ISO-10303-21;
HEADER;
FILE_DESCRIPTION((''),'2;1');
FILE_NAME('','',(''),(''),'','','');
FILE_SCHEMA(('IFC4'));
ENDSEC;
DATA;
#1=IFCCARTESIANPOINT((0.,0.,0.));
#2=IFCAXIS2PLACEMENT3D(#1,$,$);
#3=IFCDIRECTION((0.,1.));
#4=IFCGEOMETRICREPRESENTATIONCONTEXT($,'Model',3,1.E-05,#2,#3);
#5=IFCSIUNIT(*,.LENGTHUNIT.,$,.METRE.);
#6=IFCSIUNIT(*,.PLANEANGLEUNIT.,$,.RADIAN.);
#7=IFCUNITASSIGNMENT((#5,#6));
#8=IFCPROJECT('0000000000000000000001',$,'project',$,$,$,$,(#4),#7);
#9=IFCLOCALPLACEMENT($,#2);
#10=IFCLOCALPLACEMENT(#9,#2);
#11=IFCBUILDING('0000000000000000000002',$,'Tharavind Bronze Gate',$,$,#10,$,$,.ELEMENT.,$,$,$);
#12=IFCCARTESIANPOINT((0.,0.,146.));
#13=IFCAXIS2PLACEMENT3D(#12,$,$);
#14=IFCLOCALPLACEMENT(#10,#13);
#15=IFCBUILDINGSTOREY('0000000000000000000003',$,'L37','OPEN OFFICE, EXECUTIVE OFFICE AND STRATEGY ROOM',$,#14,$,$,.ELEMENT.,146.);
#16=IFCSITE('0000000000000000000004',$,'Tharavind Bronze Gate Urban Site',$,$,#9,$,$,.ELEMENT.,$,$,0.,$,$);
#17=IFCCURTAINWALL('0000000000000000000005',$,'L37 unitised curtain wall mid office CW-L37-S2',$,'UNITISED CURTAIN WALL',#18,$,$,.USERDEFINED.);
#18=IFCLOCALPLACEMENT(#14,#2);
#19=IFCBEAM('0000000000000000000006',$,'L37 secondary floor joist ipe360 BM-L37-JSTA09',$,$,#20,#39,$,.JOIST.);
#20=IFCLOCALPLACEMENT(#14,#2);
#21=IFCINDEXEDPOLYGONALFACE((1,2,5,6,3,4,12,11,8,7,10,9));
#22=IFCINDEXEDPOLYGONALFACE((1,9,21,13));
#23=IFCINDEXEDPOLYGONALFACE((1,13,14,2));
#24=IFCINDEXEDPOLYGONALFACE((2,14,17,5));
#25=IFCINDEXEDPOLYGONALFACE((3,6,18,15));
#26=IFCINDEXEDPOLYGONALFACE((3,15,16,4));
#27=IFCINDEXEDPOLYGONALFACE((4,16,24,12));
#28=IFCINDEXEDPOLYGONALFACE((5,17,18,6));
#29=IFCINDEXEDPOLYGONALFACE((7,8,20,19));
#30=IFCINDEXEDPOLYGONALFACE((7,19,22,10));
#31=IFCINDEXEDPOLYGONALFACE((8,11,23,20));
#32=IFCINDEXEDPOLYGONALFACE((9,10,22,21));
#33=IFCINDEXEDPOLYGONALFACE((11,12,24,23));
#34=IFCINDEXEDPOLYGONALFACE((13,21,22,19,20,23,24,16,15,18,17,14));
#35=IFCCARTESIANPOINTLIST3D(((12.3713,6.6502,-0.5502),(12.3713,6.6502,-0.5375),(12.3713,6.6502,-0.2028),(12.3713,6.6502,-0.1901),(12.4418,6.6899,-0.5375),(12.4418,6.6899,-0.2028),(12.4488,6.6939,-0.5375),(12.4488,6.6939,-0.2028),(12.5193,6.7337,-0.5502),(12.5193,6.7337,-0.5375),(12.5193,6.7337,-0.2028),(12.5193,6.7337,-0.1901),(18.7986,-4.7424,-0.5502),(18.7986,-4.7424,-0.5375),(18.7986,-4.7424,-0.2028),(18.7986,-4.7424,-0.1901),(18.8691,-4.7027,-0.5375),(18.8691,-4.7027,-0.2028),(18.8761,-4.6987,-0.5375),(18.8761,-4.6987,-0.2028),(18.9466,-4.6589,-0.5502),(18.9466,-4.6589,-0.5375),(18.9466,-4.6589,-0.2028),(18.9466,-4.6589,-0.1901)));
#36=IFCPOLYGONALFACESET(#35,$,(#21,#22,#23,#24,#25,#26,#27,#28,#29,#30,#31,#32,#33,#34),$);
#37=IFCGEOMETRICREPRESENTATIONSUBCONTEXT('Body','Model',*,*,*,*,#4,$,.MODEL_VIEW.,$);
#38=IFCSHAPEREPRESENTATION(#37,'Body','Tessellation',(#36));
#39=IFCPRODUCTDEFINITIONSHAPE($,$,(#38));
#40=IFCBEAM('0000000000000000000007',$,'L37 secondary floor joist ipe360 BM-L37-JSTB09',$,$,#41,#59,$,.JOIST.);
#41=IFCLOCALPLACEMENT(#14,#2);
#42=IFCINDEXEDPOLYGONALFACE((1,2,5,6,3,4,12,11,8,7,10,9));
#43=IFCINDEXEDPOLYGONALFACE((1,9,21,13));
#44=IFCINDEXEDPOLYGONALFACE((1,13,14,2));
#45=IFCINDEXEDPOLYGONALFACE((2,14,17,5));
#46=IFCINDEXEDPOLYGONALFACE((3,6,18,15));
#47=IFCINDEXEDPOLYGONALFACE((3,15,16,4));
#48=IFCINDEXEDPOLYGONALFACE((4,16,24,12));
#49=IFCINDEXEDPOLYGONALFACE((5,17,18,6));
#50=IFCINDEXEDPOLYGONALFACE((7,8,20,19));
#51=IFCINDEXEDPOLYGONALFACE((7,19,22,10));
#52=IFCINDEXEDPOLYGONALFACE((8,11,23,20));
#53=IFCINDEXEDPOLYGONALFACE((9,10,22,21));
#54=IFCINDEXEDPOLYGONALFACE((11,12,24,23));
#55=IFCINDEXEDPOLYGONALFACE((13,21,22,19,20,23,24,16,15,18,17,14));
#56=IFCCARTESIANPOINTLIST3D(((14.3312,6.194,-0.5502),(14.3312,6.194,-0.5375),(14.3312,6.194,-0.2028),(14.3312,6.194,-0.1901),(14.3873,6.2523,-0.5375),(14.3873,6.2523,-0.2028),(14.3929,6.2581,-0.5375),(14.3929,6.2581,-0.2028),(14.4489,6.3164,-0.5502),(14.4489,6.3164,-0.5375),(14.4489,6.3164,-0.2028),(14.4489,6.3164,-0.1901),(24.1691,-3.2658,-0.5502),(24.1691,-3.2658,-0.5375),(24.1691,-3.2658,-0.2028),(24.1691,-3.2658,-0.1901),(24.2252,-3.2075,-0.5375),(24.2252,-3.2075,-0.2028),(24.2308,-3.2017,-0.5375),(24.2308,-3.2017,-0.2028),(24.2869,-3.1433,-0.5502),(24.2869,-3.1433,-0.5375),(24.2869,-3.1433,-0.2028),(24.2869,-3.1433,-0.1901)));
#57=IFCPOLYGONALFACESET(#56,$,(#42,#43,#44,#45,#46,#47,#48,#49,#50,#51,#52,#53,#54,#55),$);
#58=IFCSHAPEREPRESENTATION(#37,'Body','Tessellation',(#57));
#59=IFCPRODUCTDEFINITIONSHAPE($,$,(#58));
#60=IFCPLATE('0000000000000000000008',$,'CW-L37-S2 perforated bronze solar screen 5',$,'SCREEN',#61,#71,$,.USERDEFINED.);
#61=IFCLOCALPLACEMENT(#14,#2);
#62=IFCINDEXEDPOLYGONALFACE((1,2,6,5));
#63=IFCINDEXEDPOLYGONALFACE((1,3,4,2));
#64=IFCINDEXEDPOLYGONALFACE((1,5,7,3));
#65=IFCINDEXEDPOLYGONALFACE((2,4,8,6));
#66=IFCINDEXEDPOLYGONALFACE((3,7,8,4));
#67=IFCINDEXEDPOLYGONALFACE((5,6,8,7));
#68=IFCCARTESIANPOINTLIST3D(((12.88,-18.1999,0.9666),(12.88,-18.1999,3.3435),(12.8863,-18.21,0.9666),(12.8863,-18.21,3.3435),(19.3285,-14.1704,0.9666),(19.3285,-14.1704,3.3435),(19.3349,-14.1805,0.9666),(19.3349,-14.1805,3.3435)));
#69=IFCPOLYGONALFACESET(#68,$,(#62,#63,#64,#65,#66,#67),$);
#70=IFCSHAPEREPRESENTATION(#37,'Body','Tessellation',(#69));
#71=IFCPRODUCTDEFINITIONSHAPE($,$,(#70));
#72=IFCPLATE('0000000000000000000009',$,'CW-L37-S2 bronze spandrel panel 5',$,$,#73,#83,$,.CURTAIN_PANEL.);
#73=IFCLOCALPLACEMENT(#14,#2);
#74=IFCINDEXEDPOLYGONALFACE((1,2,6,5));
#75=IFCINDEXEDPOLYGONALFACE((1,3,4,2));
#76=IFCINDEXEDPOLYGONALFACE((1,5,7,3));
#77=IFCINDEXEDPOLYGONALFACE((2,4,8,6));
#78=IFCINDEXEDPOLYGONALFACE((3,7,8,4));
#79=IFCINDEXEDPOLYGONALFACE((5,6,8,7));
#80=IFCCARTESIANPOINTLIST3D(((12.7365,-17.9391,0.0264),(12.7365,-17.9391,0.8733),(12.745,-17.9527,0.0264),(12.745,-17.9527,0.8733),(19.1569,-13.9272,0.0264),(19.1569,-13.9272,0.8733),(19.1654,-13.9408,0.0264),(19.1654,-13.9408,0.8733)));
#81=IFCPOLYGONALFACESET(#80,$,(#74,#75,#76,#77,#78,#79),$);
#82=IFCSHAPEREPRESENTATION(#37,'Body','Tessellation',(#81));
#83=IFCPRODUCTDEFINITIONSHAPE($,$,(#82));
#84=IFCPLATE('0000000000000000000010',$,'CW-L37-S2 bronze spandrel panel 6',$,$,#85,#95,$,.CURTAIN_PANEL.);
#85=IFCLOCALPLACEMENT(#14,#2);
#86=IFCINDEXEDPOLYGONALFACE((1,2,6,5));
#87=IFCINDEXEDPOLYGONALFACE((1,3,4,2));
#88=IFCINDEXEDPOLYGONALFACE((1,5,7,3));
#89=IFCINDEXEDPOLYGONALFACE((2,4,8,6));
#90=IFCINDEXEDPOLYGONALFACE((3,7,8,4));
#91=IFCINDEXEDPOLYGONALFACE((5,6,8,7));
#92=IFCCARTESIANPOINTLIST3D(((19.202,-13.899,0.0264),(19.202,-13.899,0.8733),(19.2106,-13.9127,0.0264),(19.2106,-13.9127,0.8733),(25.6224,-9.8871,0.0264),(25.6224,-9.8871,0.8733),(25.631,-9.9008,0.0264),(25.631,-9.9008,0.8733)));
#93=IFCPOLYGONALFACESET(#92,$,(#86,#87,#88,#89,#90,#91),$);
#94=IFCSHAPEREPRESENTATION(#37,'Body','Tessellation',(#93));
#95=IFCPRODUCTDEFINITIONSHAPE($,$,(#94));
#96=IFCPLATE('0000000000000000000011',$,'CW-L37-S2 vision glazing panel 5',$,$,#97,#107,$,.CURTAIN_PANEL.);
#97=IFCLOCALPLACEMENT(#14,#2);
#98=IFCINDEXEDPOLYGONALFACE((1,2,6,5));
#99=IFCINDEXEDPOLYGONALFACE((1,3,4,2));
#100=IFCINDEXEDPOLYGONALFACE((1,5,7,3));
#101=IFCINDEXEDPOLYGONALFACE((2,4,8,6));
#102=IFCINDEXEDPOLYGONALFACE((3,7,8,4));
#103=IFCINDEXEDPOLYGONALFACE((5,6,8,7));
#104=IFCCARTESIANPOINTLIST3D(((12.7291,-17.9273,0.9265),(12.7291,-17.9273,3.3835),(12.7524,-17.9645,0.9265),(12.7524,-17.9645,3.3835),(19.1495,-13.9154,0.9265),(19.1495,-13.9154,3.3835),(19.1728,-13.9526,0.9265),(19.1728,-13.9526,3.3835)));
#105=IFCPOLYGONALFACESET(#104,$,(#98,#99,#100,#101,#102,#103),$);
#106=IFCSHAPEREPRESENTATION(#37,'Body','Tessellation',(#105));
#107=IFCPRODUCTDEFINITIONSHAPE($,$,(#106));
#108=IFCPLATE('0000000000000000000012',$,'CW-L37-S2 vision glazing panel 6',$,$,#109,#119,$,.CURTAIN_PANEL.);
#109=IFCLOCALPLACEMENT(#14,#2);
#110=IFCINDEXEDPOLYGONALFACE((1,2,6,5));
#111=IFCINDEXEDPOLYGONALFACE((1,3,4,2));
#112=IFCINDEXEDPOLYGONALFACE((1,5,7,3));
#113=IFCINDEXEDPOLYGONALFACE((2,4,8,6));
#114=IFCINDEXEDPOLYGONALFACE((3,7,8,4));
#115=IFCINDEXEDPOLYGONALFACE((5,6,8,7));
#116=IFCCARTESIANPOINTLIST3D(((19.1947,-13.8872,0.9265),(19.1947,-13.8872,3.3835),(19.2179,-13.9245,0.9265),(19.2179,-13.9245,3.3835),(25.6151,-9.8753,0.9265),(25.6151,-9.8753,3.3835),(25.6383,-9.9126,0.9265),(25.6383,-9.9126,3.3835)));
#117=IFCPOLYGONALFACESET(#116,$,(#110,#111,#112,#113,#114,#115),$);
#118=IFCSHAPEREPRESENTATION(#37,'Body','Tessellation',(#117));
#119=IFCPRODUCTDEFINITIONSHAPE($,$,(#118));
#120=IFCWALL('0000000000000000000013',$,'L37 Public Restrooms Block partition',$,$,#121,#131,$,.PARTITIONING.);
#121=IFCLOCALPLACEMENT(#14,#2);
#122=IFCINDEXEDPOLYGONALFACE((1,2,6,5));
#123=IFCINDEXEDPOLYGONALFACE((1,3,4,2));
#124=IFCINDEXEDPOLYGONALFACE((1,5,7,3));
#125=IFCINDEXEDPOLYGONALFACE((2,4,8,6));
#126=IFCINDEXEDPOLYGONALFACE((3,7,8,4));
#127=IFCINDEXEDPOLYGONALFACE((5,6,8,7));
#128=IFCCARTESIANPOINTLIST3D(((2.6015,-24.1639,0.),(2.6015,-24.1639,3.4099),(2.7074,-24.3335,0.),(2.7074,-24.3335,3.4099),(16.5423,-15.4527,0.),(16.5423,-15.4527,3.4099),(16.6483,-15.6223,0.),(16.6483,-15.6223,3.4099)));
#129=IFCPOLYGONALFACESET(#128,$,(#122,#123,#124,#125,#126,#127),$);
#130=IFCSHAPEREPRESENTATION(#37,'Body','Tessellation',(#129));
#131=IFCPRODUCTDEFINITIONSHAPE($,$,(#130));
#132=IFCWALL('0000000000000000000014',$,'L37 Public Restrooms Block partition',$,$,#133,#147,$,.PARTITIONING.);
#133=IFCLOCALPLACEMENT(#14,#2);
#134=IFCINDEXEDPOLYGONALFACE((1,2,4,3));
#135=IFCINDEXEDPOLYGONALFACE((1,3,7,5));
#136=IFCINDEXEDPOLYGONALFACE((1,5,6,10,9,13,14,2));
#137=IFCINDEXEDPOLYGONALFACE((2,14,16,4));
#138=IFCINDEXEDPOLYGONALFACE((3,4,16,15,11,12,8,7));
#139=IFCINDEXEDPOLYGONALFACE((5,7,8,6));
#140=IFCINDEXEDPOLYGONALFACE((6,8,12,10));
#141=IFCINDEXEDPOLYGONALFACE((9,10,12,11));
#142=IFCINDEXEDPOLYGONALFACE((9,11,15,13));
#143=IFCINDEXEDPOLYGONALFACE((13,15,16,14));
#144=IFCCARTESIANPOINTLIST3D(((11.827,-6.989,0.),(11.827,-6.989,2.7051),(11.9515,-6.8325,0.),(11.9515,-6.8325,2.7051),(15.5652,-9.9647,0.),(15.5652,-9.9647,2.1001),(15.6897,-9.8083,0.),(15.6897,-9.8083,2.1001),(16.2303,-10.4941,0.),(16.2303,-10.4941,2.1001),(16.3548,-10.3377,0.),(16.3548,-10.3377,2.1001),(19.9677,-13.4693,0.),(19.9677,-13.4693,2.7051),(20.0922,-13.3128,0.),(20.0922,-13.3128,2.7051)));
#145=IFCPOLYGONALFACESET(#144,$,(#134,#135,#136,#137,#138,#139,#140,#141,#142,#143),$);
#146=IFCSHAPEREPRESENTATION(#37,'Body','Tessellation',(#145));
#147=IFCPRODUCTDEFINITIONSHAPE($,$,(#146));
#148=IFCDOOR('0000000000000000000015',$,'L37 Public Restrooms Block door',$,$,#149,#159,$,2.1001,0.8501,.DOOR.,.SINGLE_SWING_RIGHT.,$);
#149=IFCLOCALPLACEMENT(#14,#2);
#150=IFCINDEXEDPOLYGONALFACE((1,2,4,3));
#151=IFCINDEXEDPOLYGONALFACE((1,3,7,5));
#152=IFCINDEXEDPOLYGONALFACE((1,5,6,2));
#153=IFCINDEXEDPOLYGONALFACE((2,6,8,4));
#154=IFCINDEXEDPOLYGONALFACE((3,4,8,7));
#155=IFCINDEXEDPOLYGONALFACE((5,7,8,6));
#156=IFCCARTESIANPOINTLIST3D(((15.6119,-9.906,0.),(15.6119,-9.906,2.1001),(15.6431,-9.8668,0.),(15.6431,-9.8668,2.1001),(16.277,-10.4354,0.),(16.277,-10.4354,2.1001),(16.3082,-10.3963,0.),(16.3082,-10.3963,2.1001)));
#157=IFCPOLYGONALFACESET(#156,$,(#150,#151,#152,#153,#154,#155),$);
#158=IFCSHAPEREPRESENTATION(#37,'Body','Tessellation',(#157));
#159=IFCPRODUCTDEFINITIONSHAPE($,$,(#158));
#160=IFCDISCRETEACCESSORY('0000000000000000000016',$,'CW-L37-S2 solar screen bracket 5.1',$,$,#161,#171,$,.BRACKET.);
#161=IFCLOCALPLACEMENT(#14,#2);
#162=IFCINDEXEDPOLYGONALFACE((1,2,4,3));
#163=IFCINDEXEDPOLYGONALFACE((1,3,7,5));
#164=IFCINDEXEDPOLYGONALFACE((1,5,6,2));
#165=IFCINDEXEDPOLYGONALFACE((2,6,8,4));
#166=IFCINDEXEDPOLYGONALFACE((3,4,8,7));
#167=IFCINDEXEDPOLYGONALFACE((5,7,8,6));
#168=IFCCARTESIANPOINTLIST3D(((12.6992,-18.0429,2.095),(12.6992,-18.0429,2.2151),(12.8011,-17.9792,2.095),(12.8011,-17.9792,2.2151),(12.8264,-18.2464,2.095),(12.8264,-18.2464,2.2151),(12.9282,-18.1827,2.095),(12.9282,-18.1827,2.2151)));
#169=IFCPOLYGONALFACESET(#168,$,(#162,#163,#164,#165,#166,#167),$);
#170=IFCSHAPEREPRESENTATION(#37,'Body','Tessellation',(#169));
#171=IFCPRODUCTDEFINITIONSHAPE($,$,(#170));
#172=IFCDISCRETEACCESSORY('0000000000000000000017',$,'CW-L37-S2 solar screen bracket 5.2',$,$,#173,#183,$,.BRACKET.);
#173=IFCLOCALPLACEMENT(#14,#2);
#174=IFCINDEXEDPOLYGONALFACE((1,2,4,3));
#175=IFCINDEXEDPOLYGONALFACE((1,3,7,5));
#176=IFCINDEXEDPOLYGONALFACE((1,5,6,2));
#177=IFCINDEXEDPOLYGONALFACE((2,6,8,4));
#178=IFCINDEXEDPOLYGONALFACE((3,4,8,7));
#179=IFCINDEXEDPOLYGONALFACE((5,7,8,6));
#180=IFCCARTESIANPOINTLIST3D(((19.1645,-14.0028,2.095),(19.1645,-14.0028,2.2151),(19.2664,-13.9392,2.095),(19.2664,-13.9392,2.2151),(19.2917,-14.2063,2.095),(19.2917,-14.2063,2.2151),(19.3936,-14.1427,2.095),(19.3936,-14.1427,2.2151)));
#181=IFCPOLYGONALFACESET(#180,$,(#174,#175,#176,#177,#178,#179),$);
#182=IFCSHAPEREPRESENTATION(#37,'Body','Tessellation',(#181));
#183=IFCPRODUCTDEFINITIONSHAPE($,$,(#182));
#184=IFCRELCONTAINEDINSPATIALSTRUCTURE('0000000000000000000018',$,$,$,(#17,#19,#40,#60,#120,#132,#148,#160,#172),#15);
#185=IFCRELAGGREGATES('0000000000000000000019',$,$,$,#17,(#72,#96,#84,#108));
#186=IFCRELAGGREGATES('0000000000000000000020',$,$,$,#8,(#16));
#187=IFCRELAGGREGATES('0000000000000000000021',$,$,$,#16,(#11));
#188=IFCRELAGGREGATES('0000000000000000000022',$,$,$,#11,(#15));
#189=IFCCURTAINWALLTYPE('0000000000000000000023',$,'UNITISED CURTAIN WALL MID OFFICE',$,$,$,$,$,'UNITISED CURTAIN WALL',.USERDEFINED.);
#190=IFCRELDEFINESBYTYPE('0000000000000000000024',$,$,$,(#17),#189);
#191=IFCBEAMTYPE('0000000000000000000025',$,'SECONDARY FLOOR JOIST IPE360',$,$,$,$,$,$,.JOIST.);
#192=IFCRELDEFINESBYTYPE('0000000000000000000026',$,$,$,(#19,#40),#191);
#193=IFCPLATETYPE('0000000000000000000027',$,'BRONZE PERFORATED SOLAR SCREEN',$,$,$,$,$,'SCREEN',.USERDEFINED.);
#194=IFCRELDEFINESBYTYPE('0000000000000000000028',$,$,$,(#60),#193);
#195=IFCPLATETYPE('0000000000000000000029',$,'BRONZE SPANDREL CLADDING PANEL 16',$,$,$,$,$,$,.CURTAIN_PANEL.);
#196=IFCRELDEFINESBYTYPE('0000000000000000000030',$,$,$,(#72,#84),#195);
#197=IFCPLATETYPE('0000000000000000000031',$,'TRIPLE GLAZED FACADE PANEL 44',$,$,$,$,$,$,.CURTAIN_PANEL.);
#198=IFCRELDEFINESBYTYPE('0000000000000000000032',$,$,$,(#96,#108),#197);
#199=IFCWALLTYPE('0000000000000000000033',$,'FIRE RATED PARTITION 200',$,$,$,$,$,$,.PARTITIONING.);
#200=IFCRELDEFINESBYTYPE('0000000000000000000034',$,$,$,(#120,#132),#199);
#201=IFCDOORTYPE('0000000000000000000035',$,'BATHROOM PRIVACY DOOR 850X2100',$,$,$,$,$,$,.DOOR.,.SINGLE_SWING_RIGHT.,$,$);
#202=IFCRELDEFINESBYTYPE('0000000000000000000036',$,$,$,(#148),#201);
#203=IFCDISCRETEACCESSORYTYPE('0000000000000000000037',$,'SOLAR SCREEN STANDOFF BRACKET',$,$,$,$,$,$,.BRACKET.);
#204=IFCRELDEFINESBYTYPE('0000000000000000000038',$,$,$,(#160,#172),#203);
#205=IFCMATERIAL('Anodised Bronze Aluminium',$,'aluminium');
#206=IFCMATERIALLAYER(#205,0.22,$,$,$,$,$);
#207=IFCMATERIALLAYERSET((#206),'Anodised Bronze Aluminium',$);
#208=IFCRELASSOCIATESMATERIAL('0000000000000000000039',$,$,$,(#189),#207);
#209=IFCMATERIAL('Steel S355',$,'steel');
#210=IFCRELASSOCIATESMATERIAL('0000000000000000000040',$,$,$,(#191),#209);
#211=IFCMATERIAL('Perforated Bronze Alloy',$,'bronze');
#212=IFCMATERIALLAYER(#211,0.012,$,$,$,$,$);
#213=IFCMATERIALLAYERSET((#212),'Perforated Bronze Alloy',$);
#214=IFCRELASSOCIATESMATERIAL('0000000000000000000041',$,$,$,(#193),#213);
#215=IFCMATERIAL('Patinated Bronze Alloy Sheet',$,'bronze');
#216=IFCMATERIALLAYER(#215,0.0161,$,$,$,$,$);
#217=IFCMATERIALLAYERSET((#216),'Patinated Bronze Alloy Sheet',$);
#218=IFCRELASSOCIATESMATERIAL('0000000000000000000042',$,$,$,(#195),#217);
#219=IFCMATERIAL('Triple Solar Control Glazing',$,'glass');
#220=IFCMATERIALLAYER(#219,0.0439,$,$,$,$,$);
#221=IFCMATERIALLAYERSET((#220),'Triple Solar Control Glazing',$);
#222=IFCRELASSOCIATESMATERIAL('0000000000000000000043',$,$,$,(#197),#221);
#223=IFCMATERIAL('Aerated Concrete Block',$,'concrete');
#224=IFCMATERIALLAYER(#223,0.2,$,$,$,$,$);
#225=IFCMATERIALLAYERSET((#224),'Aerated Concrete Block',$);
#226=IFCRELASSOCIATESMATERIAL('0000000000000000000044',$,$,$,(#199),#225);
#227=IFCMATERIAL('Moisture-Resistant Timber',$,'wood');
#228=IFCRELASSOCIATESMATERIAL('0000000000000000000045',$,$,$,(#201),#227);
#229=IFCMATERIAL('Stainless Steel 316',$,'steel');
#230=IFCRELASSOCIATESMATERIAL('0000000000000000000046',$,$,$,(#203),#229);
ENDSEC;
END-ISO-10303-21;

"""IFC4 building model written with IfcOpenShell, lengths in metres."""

from ifc_helpers import new_model, si_unit, direction, frame, frame_2d, origin, origin_2d, place, context, subcontext, project, spatial, rectangle, i_section, extrude, material, layer, layer_set, material_profile, profile_set, type_object, element, fill, aggregate, save


model = new_model("IFC4")

# Units and contexts
model_context = context("Model", 3, precision=1e-05, world=origin(), true_north=direction((0.0, 1.0)))
body_context = subcontext(model_context, "Body", "Model", "MODEL_VIEW")
ifc_project = project(units=[si_unit("LENGTHUNIT", "METRE"), si_unit("PLANEANGLEUNIT", "RADIAN")], contexts=[model_context])

# Site, building, storey
site_placement = place(None, origin())
site = spatial("IfcSite", under=ifc_project, at=site_placement, Name="Tharavind Bronze Gate Urban Site", CompositionType="ELEMENT", RefElevation=0.0)
building_placement = place(site_placement, origin())
building = spatial("IfcBuilding", under=site, at=building_placement, Name="Tharavind Bronze Gate", CompositionType="ELEMENT")
storey_placement = place(building_placement, frame((0.0, 0.0, 146.0)))
storey = spatial("IfcBuildingStorey", under=building, at=storey_placement, Name="L37", Description="OPEN OFFICE, EXECUTIVE OFFICE AND STRATEGY ROOM", CompositionType="ELEMENT", Elevation=146.0)

# Curtain wall
ifc_material_1 = material(Name="Anodised Bronze Aluminium", Category="aluminium")
ifc_layer_1 = layer(ifc_material_1, 0.22)
ifc_layer_set_1 = layer_set([ifc_layer_1], Name="Anodised Bronze Aluminium")
curtain_wall_type = type_object("IfcCurtainWallType", Name="UNITISED CURTAIN WALL MID OFFICE", ElementType="UNITISED CURTAIN WALL", PredefinedType="USERDEFINED", material=ifc_layer_set_1)
curtain_wall_placement = place(storey_placement, origin())
curtain_wall = element("IfcCurtainWall", 1, at=curtain_wall_placement, inside=storey, type_object=curtain_wall_type, Name="L37 unitised curtain wall mid office CW-L37-S2", ObjectType="UNITISED CURTAIN WALL", PredefinedType="USERDEFINED")

# Beams
ifc_material_2 = material(Name="Steel S355", Category="steel")
ifc_material_profile_1 = material_profile(ifc_material_2, i_section(OverallWidth=0.1699, OverallDepth=0.3601, WebThickness=0.0081, FlangeThickness=0.0127, at=origin_2d()), Name="IPE360")
ifc_profile_set_1 = profile_set([ifc_material_profile_1], Name="Steel S355")
beam_type_1 = type_object("IfcBeamType", Name="SECONDARY FLOOR JOIST IPE360", PredefinedType="JOIST", material=ifc_profile_set_1)
beam_1_placement = place(storey_placement, frame((18.8726, -4.7007, -0.3701), z_axis=(-0.49136, 0.870957, 0.0), x_axis=(-0.870957, -0.49136, 0.0)))
element("IfcBeam", 2, at=beam_1_placement, inside=storey, type_object=beam_type_1, Name="L37 secondary floor joist ipe360 BM-L37-JSTA09", PredefinedType="JOIST", context=body_context, shape_type="SweptSolid", body=[
    extrude(i_section(OverallWidth=0.1699, OverallDepth=0.3601, WebThickness=0.0081, FlangeThickness=0.0127, at=origin_2d()), origin(), (0.0, 0.0, 1.0), 13.0806),
])
beam_2_placement = place(storey_placement, frame((24.228, -3.2046, -0.3701), z_axis=(-0.720826, 0.693117, 0.0), x_axis=(-0.693117, -0.720826, 0.0)))
element("IfcBeam", 3, at=beam_2_placement, inside=storey, type_object=beam_type_1, Name="L37 secondary floor joist ipe360 BM-L37-JSTB09", PredefinedType="JOIST", context=body_context, shape_type="SweptSolid", body=[
    extrude(i_section(OverallWidth=0.1699, OverallDepth=0.3601, WebThickness=0.0081, FlangeThickness=0.0127, at=origin_2d()), origin(), (0.0, 0.0, 1.0), 13.6482),
])

# Plates
ifc_material_3 = material(Name="Perforated Bronze Alloy", Category="bronze")
ifc_layer_2 = layer(ifc_material_3, 0.012)
ifc_layer_set_2 = layer_set([ifc_layer_2], Name="Perforated Bronze Alloy")
plate_type_1 = type_object("IfcPlateType", Name="BRONZE PERFORATED SOLAR SCREEN", ElementType="SCREEN", PredefinedType="USERDEFINED", material=ifc_layer_set_2)
plate_1_placement = place(storey_placement, frame((16.1074, -16.1902, 0.9666), z_axis=(0.0, 0.0, 1.0), x_axis=(0.848048, 0.529919, 0.0)))
element("IfcPlate", 4, at=plate_1_placement, inside=storey, type_object=plate_type_1, Name="CW-L37-S2 perforated bronze solar screen 5", ObjectType="SCREEN", PredefinedType="USERDEFINED", context=body_context, shape_type="SweptSolid", body=[
    extrude(rectangle(XDim=7.604, YDim=0.012, at=origin_2d()), origin(), (0.0, 0.0, 1.0), 2.377),
])
ifc_material_4 = material(Name="Patinated Bronze Alloy Sheet", Category="bronze")
ifc_layer_3 = layer(ifc_material_4, 0.0161)
ifc_layer_set_3 = layer_set([ifc_layer_3], Name="Patinated Bronze Alloy Sheet")
plate_type_2 = type_object("IfcPlateType", Name="BRONZE SPANDREL CLADDING PANEL 16", PredefinedType="CURTAIN_PANEL", material=ifc_layer_set_3)
plate_2_placement = place(storey_placement, frame((15.9509, -15.9399, 0.0264), z_axis=(0.0, 0.0, 1.0), x_axis=(0.848048, 0.529919, 0.0)))
plate_2 = element("IfcPlate", 5, at=plate_2_placement, type_object=plate_type_2, Name="CW-L37-S2 bronze spandrel panel 5", PredefinedType="CURTAIN_PANEL", context=body_context, shape_type="SweptSolid", body=[
    extrude(rectangle(XDim=7.5708, YDim=0.0161, at=origin_2d()), origin(), (0.0, 0.0, 1.0), 0.8469),
])
plate_3_placement = place(storey_placement, frame((22.4165, -11.8999, 0.0264), z_axis=(0.0, 0.0, 1.0), x_axis=(0.848048, 0.529919, 0.0)))
plate_3 = element("IfcPlate", 6, at=plate_3_placement, type_object=plate_type_2, Name="CW-L37-S2 bronze spandrel panel 6", PredefinedType="CURTAIN_PANEL", context=body_context, shape_type="SweptSolid", body=[
    extrude(rectangle(XDim=7.5708, YDim=0.0161, at=origin_2d()), origin(), (0.0, 0.0, 1.0), 0.8469),
])
ifc_material_5 = material(Name="Triple Solar Control Glazing", Category="glass")
ifc_layer_4 = layer(ifc_material_5, 0.0439)
ifc_layer_set_4 = layer_set([ifc_layer_4], Name="Triple Solar Control Glazing")
plate_type_3 = type_object("IfcPlateType", Name="TRIPLE GLAZED FACADE PANEL 44", PredefinedType="CURTAIN_PANEL", material=ifc_layer_set_4)
plate_4_placement = place(storey_placement, frame((15.9509, -15.9399, 0.9265), z_axis=(0.0, 0.0, 1.0), x_axis=(0.848048, 0.529919, 0.0)))
plate_4 = element("IfcPlate", 7, at=plate_4_placement, type_object=plate_type_3, Name="CW-L37-S2 vision glazing panel 5", PredefinedType="CURTAIN_PANEL", context=body_context, shape_type="SweptSolid", body=[
    extrude(rectangle(XDim=7.5708, YDim=0.0439, at=origin_2d()), origin(), (0.0, 0.0, 1.0), 2.457),
])
plate_5_placement = place(storey_placement, frame((22.4165, -11.8999, 0.9265), z_axis=(0.0, 0.0, 1.0), x_axis=(0.848048, 0.529919, 0.0)))
plate_5 = element("IfcPlate", 8, at=plate_5_placement, type_object=plate_type_3, Name="CW-L37-S2 vision glazing panel 6", PredefinedType="CURTAIN_PANEL", context=body_context, shape_type="SweptSolid", body=[
    extrude(rectangle(XDim=7.5708, YDim=0.0439, at=origin_2d()), origin(), (0.0, 0.0, 1.0), 2.457),
])
aggregate(curtain_wall, [plate_2, plate_4, plate_3, plate_5])

# Wall
ifc_material_6 = material(Name="Aerated Concrete Block", Category="concrete")
ifc_layer_5 = layer(ifc_material_6, 0.2)
ifc_layer_set_5 = layer_set([ifc_layer_5], Name="Aerated Concrete Block")
wall_type = type_object("IfcWallType", Name="FIRE RATED PARTITION 200", PredefinedType="PARTITIONING", material=ifc_layer_set_5)
wall_1_placement = place(storey_placement, frame((16.5952, -15.5376, 0.0), z_axis=(0.0, 0.0, 1.0), x_axis=(-0.84805, -0.529916, 0.0)))
element("IfcWall", 9, at=wall_1_placement, inside=storey, type_object=wall_type, Name="L37 Public Restrooms Block partition", PredefinedType="PARTITIONING", context=body_context, shape_type="SweptSolid", body=[
    extrude(rectangle(XDim=16.4387, YDim=0.2, at=frame_2d((8.2192, 0.0))), origin(), (0.0, 0.0, 1.0), 3.4099),
])

# Wall, opening, door
wall_2_placement = place(storey_placement, frame((20.03, -13.3911, 0.0), z_axis=(0.0, 0.0, 1.0), x_axis=(-0.78238, 0.622802, 0.0)))
wall_2 = element("IfcWall", 10, at=wall_2_placement, inside=storey, type_object=wall_type, Name="L37 Public Restrooms Block partition", PredefinedType="PARTITIONING", context=body_context, shape_type="SweptSolid", body=[
    extrude(rectangle(XDim=10.405, YDim=0.2, at=frame_2d((5.2026, 0.0))), origin(), (0.0, 0.0, 1.0), 2.7051),
])
opening_placement = place(wall_2_placement, frame((4.7771, 0.0, 0.0)))
opening = element("IfcOpeningElement", 11, at=opening_placement, cuts=wall_2, PredefinedType="OPENING", context=body_context, shape_type="SweptSolid", body=[
    extrude(rectangle(XDim=0.8501, YDim=2.1001, at=frame_2d((0.425, 1.05))), frame((0.0, 0.1101, 0.0), z_axis=(0.0, -1.0, 0.0), x_axis=(1.0, 0.0, 0.0)), (0.0, 0.0, 1.0), 0.22),
])
ifc_material_7 = material(Name="Moisture-Resistant Timber", Category="wood")
door_type = type_object("IfcDoorType", Name="BATHROOM PRIVACY DOOR 850X2100", OperationType="SINGLE_SWING_RIGHT", PredefinedType="DOOR", material=ifc_material_7)
door_placement = place(opening_placement, origin())
door = element("IfcDoor", 12, at=door_placement, inside=storey, type_object=door_type, Name="L37 Public Restrooms Block door", OperationType="SINGLE_SWING_RIGHT", OverallHeight=2.1001, OverallWidth=0.8501, PredefinedType="DOOR", context=body_context, shape_type="SweptSolid", body=[
    extrude(rectangle(XDim=0.8501, YDim=2.1001, at=frame_2d((0.425, 1.05))), frame((0.0, 0.0249, 0.0), z_axis=(0.0, -1.0, 0.0), x_axis=(1.0, 0.0, 0.0)), (0.0, 0.0, 1.0), 0.05),
])
fill(opening, door)

# Discrete accessories
ifc_material_8 = material(Name="Stainless Steel 316", Category="steel")
discrete_accessory_type = type_object("IfcDiscreteAccessoryType", Name="SOLAR SCREEN STANDOFF BRACKET", PredefinedType="BRACKET", material=ifc_material_8)
for number, where, z_axis, x_axis, name in (
    (13, (12.8137, -18.1128, 2.095), (0.0, 0.0, 1.0), (0.848048, 0.529919, 0.0), "CW-L37-S2 solar screen bracket 5.1"),
    (14, (19.2791, -14.0728, 2.095), (0.0, 0.0, 1.0), (0.848048, 0.529919, 0.0), "CW-L37-S2 solar screen bracket 5.2"),
):
    element("IfcDiscreteAccessory", number, at=place(storey_placement, frame(where, z_axis=z_axis, x_axis=x_axis)), inside=storey, type_object=discrete_accessory_type, Name=name, PredefinedType="BRACKET", context=body_context, shape_type="SweptSolid", body=[
        extrude(rectangle(XDim=0.1201, YDim=0.24, at=origin_2d()), origin(), (0.0, 0.0, 1.0), 0.1201),
    ])

save(model, "model.ifc")
